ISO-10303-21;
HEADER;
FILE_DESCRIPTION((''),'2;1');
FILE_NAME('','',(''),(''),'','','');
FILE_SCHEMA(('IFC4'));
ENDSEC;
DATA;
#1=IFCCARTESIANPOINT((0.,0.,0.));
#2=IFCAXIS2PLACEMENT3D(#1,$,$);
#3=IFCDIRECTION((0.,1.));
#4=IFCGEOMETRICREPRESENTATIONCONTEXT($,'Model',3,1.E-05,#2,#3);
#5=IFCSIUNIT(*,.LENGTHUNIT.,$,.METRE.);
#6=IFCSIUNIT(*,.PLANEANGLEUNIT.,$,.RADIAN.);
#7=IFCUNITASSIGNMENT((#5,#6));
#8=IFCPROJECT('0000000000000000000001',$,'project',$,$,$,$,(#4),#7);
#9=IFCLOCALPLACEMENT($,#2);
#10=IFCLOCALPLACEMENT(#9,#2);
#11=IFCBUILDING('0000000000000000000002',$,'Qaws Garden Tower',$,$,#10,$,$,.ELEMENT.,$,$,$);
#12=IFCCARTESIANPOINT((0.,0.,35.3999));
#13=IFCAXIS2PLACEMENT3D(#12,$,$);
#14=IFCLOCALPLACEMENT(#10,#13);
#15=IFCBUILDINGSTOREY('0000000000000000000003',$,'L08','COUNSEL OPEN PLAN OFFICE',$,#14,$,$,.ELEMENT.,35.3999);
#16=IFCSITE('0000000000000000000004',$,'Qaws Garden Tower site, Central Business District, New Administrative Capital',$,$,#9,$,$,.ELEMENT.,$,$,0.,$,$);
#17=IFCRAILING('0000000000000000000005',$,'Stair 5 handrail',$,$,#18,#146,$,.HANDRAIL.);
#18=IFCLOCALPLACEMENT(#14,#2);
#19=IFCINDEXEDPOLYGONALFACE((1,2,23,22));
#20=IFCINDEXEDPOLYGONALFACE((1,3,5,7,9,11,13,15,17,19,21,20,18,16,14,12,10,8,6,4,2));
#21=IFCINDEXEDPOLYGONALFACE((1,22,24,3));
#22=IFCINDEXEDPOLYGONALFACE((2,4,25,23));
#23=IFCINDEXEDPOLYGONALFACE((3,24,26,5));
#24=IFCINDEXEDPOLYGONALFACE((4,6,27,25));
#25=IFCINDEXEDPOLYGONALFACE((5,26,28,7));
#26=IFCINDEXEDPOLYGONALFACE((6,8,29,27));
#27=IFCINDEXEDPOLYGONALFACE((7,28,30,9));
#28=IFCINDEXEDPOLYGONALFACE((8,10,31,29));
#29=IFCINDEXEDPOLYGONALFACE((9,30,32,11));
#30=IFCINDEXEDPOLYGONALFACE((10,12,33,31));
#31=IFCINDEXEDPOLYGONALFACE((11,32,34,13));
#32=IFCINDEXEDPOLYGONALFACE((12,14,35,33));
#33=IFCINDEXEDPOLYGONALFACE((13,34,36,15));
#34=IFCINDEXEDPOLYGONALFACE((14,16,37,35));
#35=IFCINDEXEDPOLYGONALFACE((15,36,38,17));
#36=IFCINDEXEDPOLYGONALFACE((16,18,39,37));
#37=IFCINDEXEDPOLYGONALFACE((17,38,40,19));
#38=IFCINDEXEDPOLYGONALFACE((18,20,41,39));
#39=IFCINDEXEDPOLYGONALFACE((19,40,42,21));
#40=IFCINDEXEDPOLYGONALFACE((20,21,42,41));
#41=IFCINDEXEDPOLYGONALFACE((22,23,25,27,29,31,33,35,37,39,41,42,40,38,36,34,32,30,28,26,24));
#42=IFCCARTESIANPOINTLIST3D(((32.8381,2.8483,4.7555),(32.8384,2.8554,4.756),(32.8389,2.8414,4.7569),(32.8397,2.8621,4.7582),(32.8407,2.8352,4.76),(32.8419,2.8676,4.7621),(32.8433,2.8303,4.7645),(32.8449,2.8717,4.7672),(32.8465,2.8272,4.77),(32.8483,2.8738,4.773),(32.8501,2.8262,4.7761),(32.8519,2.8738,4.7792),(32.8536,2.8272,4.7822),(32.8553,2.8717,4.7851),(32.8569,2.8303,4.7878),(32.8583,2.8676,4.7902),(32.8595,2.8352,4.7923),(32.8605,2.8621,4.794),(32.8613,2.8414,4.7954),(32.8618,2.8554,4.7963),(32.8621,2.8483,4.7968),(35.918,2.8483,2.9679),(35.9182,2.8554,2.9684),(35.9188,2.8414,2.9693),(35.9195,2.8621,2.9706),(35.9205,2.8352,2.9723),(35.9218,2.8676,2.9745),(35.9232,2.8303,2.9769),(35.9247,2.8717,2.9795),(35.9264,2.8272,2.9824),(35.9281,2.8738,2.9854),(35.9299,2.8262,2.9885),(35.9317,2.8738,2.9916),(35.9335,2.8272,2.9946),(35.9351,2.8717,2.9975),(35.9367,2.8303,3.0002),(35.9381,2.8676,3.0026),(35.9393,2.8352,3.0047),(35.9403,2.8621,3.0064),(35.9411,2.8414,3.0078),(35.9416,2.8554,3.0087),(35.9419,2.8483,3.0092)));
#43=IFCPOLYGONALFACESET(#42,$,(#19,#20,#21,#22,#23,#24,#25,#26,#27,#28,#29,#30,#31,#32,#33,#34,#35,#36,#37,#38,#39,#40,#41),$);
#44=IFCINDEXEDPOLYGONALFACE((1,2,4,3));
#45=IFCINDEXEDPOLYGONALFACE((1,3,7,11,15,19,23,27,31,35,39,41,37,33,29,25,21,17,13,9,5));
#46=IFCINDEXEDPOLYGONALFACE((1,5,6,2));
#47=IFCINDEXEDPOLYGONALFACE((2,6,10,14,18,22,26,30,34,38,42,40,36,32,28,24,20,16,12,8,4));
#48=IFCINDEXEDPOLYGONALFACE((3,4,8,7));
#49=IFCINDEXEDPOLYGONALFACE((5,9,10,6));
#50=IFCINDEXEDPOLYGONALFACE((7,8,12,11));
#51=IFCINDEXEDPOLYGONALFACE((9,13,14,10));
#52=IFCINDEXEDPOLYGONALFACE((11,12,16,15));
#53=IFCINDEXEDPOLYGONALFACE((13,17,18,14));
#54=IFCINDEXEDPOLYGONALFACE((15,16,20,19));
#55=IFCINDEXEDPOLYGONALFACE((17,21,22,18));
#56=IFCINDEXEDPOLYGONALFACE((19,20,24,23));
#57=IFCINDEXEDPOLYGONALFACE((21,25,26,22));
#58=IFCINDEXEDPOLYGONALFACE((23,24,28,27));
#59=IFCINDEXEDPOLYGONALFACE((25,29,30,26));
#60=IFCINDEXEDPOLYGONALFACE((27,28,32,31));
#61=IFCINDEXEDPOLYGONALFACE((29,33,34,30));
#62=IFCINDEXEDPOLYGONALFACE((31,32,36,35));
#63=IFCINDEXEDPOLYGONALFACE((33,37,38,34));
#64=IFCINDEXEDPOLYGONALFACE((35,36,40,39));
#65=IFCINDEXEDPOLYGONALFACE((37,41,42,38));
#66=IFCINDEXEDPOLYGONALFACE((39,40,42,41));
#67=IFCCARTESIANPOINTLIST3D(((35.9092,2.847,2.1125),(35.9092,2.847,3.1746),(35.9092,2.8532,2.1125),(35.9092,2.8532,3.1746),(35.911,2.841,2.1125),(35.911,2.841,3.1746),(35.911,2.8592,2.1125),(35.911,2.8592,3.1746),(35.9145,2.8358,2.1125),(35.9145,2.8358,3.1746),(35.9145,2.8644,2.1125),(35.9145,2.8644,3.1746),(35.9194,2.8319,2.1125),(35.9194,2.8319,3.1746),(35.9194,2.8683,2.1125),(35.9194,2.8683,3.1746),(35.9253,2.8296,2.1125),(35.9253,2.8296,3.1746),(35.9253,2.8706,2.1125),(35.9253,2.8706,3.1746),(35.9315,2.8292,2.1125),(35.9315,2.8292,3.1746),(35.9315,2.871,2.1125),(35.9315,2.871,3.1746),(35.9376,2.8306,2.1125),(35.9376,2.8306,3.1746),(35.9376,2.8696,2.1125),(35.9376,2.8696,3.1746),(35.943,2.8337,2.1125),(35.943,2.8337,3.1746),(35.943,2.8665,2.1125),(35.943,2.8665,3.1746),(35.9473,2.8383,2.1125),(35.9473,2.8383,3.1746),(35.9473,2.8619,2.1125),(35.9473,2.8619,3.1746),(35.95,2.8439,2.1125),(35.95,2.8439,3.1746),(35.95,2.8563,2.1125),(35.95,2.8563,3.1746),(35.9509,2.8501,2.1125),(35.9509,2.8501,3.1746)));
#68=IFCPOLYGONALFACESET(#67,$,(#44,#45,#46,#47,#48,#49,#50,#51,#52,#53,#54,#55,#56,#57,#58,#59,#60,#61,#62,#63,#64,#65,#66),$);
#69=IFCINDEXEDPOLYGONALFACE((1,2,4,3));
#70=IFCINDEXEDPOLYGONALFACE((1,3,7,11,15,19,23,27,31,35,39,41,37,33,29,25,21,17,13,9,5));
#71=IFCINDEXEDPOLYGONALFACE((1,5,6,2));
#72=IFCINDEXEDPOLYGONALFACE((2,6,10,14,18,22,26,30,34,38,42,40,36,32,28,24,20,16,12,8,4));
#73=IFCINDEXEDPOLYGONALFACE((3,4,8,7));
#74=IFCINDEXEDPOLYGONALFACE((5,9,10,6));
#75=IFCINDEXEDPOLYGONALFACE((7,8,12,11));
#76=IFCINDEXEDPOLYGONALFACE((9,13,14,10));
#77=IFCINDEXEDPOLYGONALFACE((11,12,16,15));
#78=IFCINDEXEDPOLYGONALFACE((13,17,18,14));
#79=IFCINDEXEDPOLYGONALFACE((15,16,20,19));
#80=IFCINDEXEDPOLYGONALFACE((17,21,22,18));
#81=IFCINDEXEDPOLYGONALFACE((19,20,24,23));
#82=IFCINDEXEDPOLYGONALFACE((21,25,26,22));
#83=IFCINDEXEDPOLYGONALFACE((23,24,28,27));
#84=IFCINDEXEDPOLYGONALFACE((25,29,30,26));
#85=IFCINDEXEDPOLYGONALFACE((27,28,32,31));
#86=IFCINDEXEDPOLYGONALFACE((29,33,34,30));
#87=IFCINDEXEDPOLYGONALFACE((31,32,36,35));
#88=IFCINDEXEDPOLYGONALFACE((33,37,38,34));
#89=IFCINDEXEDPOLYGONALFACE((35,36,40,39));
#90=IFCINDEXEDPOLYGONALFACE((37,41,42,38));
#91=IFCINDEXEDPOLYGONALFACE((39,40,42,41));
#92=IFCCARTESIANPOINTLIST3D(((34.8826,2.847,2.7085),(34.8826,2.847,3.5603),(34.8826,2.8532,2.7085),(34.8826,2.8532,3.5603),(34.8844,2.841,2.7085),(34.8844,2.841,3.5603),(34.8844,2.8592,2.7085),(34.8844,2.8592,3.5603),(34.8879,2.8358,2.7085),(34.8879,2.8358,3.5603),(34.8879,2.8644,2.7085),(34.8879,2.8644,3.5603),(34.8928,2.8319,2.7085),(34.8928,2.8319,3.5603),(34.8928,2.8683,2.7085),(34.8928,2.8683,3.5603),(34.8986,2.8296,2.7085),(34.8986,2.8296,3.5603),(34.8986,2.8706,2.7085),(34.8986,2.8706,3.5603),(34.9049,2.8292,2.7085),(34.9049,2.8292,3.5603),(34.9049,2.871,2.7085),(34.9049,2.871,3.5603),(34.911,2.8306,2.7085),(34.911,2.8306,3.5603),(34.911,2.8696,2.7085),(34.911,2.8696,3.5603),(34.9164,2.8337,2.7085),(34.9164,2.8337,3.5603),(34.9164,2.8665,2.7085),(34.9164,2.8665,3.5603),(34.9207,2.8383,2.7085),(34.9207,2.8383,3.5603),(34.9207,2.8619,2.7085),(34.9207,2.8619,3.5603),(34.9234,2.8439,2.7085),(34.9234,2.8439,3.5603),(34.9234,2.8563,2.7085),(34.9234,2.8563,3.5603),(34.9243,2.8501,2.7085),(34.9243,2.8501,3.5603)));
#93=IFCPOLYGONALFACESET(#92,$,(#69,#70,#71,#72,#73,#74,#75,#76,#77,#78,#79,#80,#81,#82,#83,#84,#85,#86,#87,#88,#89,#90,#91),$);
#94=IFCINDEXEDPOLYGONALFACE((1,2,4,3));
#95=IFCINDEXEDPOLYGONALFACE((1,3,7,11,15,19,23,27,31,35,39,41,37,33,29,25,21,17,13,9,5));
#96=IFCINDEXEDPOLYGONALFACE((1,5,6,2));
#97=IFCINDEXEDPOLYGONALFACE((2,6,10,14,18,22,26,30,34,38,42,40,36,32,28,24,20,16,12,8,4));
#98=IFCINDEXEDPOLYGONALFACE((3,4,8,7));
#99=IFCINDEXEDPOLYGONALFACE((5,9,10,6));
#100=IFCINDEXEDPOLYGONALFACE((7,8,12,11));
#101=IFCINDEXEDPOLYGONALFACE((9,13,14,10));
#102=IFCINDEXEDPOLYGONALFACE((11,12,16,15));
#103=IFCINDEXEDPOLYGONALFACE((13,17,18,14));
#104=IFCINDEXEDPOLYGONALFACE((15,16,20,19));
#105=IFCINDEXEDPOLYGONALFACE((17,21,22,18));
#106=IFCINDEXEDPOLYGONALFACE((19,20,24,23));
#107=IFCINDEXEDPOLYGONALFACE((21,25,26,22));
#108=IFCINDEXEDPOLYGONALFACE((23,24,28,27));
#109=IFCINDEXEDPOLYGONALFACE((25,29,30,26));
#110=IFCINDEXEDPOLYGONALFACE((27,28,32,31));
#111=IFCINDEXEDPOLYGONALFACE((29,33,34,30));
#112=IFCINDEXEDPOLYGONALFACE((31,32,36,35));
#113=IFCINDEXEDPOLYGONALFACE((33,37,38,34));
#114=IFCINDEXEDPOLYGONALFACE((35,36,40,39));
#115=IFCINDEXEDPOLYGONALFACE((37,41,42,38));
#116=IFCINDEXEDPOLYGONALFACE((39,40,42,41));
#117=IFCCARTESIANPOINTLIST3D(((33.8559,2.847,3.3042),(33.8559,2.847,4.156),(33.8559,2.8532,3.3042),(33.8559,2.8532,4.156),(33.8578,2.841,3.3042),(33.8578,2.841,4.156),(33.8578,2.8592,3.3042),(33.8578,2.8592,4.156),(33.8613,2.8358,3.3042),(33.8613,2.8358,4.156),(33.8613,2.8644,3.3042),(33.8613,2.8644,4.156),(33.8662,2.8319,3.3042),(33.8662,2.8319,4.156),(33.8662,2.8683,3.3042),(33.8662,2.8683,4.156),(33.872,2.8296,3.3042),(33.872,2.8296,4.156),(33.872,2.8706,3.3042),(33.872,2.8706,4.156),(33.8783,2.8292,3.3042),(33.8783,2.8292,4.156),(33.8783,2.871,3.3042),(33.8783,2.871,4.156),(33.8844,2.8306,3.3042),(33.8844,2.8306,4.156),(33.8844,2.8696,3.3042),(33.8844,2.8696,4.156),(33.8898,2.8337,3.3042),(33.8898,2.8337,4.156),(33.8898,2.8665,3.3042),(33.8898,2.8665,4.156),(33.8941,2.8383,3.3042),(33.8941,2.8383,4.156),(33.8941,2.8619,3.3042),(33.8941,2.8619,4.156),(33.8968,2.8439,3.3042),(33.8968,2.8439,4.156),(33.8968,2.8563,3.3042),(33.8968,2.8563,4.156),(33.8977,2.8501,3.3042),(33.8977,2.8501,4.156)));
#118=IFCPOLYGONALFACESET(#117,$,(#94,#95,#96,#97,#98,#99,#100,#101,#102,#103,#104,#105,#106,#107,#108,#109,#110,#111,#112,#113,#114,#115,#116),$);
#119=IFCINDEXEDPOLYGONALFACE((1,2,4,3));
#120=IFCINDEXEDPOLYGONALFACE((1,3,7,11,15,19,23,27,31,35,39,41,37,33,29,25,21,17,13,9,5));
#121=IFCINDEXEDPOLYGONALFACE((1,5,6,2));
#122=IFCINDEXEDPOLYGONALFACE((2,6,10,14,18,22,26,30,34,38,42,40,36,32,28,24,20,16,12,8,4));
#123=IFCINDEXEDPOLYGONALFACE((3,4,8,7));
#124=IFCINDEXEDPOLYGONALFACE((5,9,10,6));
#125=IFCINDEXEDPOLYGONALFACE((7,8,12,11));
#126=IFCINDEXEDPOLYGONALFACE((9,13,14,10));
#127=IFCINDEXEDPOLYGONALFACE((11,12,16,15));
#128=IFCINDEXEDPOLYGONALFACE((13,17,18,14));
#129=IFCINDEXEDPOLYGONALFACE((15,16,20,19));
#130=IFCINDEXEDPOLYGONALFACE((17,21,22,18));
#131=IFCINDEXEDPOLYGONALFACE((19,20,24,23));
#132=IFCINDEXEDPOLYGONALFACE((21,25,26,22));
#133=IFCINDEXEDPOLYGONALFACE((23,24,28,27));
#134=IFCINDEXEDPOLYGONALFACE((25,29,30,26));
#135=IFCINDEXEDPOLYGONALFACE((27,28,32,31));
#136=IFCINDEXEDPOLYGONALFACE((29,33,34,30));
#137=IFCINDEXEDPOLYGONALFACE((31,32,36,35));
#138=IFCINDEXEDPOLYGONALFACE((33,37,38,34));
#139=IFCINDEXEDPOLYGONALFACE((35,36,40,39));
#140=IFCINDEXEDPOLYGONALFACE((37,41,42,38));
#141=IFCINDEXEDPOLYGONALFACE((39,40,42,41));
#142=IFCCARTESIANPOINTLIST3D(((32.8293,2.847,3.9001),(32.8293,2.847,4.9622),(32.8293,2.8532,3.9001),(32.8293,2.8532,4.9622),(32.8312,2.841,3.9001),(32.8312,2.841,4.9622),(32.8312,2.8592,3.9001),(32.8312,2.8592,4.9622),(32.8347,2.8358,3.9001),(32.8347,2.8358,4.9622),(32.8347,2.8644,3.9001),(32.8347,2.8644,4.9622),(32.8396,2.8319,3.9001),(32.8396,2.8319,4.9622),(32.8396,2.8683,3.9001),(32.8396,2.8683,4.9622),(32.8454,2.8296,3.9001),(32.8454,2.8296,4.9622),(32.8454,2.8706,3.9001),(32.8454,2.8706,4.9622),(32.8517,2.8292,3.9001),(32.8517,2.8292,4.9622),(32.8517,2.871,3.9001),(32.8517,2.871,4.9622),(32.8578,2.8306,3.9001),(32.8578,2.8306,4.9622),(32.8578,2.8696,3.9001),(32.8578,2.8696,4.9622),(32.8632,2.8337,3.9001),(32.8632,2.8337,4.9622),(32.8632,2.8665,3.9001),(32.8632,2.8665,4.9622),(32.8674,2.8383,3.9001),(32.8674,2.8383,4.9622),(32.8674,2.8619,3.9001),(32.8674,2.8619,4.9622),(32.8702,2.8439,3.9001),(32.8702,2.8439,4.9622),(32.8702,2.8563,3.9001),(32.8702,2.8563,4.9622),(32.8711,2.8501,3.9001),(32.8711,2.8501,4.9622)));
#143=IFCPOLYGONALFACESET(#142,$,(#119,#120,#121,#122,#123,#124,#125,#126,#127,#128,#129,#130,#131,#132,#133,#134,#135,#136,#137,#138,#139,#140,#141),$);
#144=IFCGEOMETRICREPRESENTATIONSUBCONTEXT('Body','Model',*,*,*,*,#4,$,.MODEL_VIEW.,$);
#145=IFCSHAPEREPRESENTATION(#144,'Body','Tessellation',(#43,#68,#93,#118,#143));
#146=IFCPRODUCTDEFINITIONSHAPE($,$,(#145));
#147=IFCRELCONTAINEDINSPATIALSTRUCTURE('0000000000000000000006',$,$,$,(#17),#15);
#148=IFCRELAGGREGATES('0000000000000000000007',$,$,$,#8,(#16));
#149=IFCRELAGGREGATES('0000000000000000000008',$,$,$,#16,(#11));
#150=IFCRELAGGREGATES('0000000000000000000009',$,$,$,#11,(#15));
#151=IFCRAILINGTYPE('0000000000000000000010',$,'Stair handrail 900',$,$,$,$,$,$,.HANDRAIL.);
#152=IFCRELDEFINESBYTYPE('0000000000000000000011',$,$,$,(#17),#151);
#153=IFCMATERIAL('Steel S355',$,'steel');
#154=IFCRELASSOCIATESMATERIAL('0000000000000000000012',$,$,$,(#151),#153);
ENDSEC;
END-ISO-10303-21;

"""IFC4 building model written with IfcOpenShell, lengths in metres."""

from ifc_helpers import new_model, si_unit, direction, frame, origin, origin_2d, place, context, subcontext, project, spatial, circle, extrude, material, type_object, element, save


model = new_model("IFC4")

# Units and contexts
model_context = context("Model", 3, precision=1e-05, world=origin(), true_north=direction((0.0, 1.0)))
body_context = subcontext(model_context, "Body", "Model", "MODEL_VIEW")
ifc_project = project(units=[si_unit("LENGTHUNIT", "METRE"), si_unit("PLANEANGLEUNIT", "RADIAN")], contexts=[model_context])

# Site, building, storey
site_placement = place(None, origin())
site = spatial("IfcSite", under=ifc_project, at=site_placement, Name="Qaws Garden Tower site, Central Business District, New Administrative Capital", CompositionType="ELEMENT", RefElevation=0.0)
building_placement = place(site_placement, origin())
building = spatial("IfcBuilding", under=site, at=building_placement, Name="Qaws Garden Tower", CompositionType="ELEMENT")
storey_placement = place(building_placement, frame((0.0, 0.0, 35.3999)))
storey = spatial("IfcBuildingStorey", under=building, at=storey_placement, Name="L08", Description="COUNSEL OPEN PLAN OFFICE", CompositionType="ELEMENT", Elevation=35.3999)

# Railing
ifc_material_1 = material(Name="Steel S355", Category="steel")
railing_type = type_object("IfcRailingType", Name="Stair handrail 900", PredefinedType="HANDRAIL", material=ifc_material_1)
railing_1_placement = place(storey_placement, frame((35.9299, 2.8501, 2.1125)))
element("IfcRailing", 1, at=railing_1_placement, inside=storey, type_object=railing_type, Name="Stair 5 handrail", PredefinedType="HANDRAIL", context=body_context, shape_type="SweptSolid", body=[
    extrude(circle(Radius=0.0239, at=origin_2d()), frame((0.0, 0.0, 0.876), z_axis=(-0.864873, 0.0, 0.50199), x_axis=(0.0, -1.0, 0.0)), (0.0, 0.0, 1.0), 3.561),
    extrude(circle(Radius=0.021, at=origin_2d()), origin(), (0.0, 0.0, 1.0), 1.062),
    extrude(circle(Radius=0.021, at=origin_2d()), frame((-1.0266, 0.0, 0.5959)), (0.0, 0.0, 1.0), 0.8518),
    extrude(circle(Radius=0.021, at=origin_2d()), frame((-2.0532, 0.0, 1.1917)), (0.0, 0.0, 1.0), 0.8518),
    extrude(circle(Radius=0.021, at=origin_2d()), frame((-3.0798, 0.0, 1.7876)), (0.0, 0.0, 1.0), 1.062),
])

save(model, "model.ifc")
